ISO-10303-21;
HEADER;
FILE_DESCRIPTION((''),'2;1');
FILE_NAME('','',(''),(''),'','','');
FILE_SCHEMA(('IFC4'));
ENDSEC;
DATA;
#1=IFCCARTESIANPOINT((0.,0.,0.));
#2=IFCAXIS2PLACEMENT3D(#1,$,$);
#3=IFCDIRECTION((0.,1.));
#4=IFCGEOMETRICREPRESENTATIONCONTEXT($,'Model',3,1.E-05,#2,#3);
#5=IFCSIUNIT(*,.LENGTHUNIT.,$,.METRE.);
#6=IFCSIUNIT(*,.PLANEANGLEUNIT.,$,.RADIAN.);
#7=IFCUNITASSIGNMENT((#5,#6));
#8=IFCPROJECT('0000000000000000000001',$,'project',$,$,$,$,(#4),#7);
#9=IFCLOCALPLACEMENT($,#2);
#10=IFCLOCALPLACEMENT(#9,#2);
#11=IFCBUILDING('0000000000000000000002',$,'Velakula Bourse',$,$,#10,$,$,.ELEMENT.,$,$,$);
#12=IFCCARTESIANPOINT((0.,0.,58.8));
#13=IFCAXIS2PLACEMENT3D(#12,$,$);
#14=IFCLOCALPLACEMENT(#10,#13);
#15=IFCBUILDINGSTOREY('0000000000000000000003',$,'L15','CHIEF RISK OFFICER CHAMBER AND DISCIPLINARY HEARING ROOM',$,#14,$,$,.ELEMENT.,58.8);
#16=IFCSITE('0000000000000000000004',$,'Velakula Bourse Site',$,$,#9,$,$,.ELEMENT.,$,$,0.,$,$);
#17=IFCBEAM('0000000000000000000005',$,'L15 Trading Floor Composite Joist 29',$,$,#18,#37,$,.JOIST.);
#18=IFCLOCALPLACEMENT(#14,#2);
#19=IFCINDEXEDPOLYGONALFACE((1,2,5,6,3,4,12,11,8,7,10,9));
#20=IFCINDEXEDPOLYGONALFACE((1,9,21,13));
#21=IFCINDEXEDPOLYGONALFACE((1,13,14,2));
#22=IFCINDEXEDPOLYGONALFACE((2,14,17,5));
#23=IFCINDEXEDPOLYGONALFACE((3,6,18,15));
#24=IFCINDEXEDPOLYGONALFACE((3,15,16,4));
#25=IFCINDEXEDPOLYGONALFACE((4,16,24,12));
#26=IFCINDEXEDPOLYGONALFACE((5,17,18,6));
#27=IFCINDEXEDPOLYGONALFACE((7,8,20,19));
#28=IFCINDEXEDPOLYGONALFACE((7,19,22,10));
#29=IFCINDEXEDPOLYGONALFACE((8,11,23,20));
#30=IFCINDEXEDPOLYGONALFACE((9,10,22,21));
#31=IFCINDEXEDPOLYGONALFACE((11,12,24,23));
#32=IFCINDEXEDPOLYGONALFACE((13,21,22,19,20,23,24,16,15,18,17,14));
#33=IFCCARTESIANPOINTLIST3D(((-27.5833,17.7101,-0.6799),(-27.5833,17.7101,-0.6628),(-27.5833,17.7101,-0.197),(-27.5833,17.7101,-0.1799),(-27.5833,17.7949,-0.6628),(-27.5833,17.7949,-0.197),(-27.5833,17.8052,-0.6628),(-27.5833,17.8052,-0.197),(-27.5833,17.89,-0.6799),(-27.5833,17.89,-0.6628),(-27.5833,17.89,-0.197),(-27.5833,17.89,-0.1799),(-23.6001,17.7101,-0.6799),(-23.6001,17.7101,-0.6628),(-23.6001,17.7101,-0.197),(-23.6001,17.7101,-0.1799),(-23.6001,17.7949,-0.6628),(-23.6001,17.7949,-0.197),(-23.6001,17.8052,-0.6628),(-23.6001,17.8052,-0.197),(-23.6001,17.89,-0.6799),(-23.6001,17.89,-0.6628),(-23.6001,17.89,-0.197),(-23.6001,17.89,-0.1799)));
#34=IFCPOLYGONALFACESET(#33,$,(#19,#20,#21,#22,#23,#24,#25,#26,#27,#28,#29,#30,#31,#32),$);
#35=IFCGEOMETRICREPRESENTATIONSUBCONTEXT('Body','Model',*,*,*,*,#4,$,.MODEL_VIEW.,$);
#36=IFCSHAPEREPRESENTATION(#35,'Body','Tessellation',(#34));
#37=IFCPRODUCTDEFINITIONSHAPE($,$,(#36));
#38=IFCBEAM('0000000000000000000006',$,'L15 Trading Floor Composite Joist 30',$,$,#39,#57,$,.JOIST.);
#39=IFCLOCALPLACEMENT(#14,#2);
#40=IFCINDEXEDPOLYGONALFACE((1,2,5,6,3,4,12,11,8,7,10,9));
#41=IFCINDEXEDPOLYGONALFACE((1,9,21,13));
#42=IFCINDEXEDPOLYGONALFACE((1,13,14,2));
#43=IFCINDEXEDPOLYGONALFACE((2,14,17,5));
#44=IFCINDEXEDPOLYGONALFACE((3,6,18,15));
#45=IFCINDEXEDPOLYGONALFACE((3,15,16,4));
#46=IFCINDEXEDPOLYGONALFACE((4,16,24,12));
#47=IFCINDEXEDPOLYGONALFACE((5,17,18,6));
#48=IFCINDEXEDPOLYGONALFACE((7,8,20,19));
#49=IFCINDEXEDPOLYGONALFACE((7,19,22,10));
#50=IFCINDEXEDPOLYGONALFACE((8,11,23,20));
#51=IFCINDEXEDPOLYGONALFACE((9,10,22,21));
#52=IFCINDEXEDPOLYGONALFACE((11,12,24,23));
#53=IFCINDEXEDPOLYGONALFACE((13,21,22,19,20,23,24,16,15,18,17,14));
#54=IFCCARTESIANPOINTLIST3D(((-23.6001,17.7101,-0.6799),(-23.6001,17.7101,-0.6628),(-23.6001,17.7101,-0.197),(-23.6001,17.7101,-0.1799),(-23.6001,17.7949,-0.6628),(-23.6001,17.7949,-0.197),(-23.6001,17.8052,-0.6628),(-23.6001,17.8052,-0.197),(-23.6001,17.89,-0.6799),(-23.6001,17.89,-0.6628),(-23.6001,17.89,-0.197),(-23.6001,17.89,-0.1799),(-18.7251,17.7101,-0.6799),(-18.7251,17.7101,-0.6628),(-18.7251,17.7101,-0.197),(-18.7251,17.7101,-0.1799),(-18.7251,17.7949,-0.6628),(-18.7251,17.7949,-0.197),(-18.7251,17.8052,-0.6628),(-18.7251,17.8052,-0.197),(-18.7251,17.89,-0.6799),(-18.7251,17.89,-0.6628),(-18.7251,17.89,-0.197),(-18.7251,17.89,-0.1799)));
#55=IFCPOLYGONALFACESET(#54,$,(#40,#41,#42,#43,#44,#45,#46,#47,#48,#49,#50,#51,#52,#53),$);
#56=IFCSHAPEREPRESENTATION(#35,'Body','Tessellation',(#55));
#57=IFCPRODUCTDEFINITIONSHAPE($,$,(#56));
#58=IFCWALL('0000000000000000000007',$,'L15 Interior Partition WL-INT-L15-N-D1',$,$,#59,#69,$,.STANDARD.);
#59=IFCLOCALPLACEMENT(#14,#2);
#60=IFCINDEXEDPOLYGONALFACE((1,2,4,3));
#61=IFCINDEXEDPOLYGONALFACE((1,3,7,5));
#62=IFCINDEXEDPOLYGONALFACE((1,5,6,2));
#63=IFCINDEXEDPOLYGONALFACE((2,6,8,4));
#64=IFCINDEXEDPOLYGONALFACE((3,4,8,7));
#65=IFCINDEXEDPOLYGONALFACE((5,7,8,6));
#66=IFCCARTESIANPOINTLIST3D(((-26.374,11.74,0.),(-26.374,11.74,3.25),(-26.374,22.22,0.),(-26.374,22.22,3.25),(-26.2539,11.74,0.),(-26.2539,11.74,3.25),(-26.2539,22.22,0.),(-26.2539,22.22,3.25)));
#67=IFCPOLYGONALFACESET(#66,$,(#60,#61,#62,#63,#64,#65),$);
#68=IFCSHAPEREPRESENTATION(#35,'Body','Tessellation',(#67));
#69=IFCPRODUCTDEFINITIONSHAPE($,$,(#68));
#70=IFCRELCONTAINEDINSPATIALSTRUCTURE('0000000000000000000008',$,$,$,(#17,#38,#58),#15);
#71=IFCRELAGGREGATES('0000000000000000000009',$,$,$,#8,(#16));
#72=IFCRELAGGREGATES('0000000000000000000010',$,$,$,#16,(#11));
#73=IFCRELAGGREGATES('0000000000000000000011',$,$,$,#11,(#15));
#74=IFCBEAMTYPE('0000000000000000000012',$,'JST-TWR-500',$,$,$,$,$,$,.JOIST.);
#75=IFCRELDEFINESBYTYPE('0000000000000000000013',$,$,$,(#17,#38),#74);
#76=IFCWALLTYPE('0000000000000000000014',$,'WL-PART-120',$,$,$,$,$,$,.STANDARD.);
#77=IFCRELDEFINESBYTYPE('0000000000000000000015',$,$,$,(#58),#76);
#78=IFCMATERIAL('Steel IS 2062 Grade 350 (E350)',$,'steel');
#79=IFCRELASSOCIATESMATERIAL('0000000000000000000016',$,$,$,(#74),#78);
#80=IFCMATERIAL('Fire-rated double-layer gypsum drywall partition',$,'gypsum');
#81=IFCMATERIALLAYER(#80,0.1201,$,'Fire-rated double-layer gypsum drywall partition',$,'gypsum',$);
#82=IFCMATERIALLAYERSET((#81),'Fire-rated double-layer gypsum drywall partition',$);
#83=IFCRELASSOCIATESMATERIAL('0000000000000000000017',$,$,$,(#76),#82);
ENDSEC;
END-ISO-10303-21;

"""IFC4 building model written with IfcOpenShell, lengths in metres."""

from ifc_helpers import new_model, si_unit, direction, frame, frame_2d, origin, origin_2d, place, context, subcontext, project, spatial, rectangle, i_section, extrude, material, layer, layer_set, material_profile, profile_set, type_object, element, save


model = new_model("IFC4")

# Units and contexts
model_context = context("Model", 3, precision=1e-05, world=origin(), true_north=direction((0.0, 1.0)))
body_context = subcontext(model_context, "Body", "Model", "MODEL_VIEW")
ifc_project = project(units=[si_unit("LENGTHUNIT", "METRE"), si_unit("PLANEANGLEUNIT", "RADIAN")], contexts=[model_context])

# Site, building, storey
site_placement = place(None, origin())
site = spatial("IfcSite", under=ifc_project, at=site_placement, Name="Velakula Bourse Site", CompositionType="ELEMENT", RefElevation=0.0)
building_placement = place(site_placement, origin())
building = spatial("IfcBuilding", under=site, at=building_placement, Name="Velakula Bourse", CompositionType="ELEMENT")
storey_placement = place(building_placement, frame((0.0, 0.0, 58.8)))
storey = spatial("IfcBuildingStorey", under=building, at=storey_placement, Name="L15", Description="CHIEF RISK OFFICER CHAMBER AND DISCIPLINARY HEARING ROOM", CompositionType="ELEMENT", Elevation=58.8)

# Beams
ifc_material_1 = material(Name="Steel IS 2062 Grade 350 (E350)", Category="steel")
ifc_material_profile_1 = material_profile(ifc_material_1, i_section(OverallWidth=0.1799, OverallDepth=0.5, WebThickness=0.0103, FlangeThickness=0.0171, at=origin_2d()), Name="Steel IS 2062 Grade 350 (E350)")
ifc_profile_set_1 = profile_set([ifc_material_profile_1], Name="Steel IS 2062 Grade 350 (E350)")
beam_type_1 = type_object("IfcBeamType", Name="JST-TWR-500", PredefinedType="JOIST", material=ifc_profile_set_1)
beam_1_placement = place(storey_placement, frame((-27.5833, 17.8, -0.4299), z_axis=(1.0, 0.0, 0.0), x_axis=(0.0, 1.0, 0.0)))
element("IfcBeam", 1, at=beam_1_placement, inside=storey, type_object=beam_type_1, Name="L15 Trading Floor Composite Joist 29", PredefinedType="JOIST", context=body_context, shape_type="SweptSolid", body=[
    extrude(i_section(OverallWidth=0.1799, OverallDepth=0.5, WebThickness=0.0103, FlangeThickness=0.0171, at=origin_2d()), origin(), (0.0, 0.0, 1.0), 3.9832),
])
beam_2_placement = place(storey_placement, frame((-23.6001, 17.8, -0.4299), z_axis=(1.0, 0.0, 0.0), x_axis=(0.0, 1.0, 0.0)))
element("IfcBeam", 2, at=beam_2_placement, inside=storey, type_object=beam_type_1, Name="L15 Trading Floor Composite Joist 30", PredefinedType="JOIST", context=body_context, shape_type="SweptSolid", body=[
    extrude(i_section(OverallWidth=0.1799, OverallDepth=0.5, WebThickness=0.0103, FlangeThickness=0.0171, at=origin_2d()), origin(), (0.0, 0.0, 1.0), 4.875),
])

# Wall
ifc_material_2 = material(Name="Fire-rated double-layer gypsum drywall partition", Category="gypsum")
ifc_layer = layer(ifc_material_2, 0.1201, Name="Fire-rated double-layer gypsum drywall partition", Category="gypsum")
ifc_layer_set = layer_set([ifc_layer], Name="Fire-rated double-layer gypsum drywall partition")
wall_type = type_object("IfcWallType", Name="WL-PART-120", PredefinedType="STANDARD", material=ifc_layer_set)
wall_placement = place(storey_placement, frame((-26.314, 11.74, 0.0), z_axis=(0.0, 0.0, 1.0), x_axis=(0.0, 1.0, 0.0)))
element("IfcWall", 3, at=wall_placement, inside=storey, type_object=wall_type, Name="L15 Interior Partition WL-INT-L15-N-D1", PredefinedType="STANDARD", context=body_context, shape_type="SweptSolid", body=[
    extrude(rectangle(XDim=10.48, YDim=0.1201, at=frame_2d((5.24, 0.0))), origin(), (0.0, 0.0, 1.0), 3.25),
])

save(model, "model.ifc")
